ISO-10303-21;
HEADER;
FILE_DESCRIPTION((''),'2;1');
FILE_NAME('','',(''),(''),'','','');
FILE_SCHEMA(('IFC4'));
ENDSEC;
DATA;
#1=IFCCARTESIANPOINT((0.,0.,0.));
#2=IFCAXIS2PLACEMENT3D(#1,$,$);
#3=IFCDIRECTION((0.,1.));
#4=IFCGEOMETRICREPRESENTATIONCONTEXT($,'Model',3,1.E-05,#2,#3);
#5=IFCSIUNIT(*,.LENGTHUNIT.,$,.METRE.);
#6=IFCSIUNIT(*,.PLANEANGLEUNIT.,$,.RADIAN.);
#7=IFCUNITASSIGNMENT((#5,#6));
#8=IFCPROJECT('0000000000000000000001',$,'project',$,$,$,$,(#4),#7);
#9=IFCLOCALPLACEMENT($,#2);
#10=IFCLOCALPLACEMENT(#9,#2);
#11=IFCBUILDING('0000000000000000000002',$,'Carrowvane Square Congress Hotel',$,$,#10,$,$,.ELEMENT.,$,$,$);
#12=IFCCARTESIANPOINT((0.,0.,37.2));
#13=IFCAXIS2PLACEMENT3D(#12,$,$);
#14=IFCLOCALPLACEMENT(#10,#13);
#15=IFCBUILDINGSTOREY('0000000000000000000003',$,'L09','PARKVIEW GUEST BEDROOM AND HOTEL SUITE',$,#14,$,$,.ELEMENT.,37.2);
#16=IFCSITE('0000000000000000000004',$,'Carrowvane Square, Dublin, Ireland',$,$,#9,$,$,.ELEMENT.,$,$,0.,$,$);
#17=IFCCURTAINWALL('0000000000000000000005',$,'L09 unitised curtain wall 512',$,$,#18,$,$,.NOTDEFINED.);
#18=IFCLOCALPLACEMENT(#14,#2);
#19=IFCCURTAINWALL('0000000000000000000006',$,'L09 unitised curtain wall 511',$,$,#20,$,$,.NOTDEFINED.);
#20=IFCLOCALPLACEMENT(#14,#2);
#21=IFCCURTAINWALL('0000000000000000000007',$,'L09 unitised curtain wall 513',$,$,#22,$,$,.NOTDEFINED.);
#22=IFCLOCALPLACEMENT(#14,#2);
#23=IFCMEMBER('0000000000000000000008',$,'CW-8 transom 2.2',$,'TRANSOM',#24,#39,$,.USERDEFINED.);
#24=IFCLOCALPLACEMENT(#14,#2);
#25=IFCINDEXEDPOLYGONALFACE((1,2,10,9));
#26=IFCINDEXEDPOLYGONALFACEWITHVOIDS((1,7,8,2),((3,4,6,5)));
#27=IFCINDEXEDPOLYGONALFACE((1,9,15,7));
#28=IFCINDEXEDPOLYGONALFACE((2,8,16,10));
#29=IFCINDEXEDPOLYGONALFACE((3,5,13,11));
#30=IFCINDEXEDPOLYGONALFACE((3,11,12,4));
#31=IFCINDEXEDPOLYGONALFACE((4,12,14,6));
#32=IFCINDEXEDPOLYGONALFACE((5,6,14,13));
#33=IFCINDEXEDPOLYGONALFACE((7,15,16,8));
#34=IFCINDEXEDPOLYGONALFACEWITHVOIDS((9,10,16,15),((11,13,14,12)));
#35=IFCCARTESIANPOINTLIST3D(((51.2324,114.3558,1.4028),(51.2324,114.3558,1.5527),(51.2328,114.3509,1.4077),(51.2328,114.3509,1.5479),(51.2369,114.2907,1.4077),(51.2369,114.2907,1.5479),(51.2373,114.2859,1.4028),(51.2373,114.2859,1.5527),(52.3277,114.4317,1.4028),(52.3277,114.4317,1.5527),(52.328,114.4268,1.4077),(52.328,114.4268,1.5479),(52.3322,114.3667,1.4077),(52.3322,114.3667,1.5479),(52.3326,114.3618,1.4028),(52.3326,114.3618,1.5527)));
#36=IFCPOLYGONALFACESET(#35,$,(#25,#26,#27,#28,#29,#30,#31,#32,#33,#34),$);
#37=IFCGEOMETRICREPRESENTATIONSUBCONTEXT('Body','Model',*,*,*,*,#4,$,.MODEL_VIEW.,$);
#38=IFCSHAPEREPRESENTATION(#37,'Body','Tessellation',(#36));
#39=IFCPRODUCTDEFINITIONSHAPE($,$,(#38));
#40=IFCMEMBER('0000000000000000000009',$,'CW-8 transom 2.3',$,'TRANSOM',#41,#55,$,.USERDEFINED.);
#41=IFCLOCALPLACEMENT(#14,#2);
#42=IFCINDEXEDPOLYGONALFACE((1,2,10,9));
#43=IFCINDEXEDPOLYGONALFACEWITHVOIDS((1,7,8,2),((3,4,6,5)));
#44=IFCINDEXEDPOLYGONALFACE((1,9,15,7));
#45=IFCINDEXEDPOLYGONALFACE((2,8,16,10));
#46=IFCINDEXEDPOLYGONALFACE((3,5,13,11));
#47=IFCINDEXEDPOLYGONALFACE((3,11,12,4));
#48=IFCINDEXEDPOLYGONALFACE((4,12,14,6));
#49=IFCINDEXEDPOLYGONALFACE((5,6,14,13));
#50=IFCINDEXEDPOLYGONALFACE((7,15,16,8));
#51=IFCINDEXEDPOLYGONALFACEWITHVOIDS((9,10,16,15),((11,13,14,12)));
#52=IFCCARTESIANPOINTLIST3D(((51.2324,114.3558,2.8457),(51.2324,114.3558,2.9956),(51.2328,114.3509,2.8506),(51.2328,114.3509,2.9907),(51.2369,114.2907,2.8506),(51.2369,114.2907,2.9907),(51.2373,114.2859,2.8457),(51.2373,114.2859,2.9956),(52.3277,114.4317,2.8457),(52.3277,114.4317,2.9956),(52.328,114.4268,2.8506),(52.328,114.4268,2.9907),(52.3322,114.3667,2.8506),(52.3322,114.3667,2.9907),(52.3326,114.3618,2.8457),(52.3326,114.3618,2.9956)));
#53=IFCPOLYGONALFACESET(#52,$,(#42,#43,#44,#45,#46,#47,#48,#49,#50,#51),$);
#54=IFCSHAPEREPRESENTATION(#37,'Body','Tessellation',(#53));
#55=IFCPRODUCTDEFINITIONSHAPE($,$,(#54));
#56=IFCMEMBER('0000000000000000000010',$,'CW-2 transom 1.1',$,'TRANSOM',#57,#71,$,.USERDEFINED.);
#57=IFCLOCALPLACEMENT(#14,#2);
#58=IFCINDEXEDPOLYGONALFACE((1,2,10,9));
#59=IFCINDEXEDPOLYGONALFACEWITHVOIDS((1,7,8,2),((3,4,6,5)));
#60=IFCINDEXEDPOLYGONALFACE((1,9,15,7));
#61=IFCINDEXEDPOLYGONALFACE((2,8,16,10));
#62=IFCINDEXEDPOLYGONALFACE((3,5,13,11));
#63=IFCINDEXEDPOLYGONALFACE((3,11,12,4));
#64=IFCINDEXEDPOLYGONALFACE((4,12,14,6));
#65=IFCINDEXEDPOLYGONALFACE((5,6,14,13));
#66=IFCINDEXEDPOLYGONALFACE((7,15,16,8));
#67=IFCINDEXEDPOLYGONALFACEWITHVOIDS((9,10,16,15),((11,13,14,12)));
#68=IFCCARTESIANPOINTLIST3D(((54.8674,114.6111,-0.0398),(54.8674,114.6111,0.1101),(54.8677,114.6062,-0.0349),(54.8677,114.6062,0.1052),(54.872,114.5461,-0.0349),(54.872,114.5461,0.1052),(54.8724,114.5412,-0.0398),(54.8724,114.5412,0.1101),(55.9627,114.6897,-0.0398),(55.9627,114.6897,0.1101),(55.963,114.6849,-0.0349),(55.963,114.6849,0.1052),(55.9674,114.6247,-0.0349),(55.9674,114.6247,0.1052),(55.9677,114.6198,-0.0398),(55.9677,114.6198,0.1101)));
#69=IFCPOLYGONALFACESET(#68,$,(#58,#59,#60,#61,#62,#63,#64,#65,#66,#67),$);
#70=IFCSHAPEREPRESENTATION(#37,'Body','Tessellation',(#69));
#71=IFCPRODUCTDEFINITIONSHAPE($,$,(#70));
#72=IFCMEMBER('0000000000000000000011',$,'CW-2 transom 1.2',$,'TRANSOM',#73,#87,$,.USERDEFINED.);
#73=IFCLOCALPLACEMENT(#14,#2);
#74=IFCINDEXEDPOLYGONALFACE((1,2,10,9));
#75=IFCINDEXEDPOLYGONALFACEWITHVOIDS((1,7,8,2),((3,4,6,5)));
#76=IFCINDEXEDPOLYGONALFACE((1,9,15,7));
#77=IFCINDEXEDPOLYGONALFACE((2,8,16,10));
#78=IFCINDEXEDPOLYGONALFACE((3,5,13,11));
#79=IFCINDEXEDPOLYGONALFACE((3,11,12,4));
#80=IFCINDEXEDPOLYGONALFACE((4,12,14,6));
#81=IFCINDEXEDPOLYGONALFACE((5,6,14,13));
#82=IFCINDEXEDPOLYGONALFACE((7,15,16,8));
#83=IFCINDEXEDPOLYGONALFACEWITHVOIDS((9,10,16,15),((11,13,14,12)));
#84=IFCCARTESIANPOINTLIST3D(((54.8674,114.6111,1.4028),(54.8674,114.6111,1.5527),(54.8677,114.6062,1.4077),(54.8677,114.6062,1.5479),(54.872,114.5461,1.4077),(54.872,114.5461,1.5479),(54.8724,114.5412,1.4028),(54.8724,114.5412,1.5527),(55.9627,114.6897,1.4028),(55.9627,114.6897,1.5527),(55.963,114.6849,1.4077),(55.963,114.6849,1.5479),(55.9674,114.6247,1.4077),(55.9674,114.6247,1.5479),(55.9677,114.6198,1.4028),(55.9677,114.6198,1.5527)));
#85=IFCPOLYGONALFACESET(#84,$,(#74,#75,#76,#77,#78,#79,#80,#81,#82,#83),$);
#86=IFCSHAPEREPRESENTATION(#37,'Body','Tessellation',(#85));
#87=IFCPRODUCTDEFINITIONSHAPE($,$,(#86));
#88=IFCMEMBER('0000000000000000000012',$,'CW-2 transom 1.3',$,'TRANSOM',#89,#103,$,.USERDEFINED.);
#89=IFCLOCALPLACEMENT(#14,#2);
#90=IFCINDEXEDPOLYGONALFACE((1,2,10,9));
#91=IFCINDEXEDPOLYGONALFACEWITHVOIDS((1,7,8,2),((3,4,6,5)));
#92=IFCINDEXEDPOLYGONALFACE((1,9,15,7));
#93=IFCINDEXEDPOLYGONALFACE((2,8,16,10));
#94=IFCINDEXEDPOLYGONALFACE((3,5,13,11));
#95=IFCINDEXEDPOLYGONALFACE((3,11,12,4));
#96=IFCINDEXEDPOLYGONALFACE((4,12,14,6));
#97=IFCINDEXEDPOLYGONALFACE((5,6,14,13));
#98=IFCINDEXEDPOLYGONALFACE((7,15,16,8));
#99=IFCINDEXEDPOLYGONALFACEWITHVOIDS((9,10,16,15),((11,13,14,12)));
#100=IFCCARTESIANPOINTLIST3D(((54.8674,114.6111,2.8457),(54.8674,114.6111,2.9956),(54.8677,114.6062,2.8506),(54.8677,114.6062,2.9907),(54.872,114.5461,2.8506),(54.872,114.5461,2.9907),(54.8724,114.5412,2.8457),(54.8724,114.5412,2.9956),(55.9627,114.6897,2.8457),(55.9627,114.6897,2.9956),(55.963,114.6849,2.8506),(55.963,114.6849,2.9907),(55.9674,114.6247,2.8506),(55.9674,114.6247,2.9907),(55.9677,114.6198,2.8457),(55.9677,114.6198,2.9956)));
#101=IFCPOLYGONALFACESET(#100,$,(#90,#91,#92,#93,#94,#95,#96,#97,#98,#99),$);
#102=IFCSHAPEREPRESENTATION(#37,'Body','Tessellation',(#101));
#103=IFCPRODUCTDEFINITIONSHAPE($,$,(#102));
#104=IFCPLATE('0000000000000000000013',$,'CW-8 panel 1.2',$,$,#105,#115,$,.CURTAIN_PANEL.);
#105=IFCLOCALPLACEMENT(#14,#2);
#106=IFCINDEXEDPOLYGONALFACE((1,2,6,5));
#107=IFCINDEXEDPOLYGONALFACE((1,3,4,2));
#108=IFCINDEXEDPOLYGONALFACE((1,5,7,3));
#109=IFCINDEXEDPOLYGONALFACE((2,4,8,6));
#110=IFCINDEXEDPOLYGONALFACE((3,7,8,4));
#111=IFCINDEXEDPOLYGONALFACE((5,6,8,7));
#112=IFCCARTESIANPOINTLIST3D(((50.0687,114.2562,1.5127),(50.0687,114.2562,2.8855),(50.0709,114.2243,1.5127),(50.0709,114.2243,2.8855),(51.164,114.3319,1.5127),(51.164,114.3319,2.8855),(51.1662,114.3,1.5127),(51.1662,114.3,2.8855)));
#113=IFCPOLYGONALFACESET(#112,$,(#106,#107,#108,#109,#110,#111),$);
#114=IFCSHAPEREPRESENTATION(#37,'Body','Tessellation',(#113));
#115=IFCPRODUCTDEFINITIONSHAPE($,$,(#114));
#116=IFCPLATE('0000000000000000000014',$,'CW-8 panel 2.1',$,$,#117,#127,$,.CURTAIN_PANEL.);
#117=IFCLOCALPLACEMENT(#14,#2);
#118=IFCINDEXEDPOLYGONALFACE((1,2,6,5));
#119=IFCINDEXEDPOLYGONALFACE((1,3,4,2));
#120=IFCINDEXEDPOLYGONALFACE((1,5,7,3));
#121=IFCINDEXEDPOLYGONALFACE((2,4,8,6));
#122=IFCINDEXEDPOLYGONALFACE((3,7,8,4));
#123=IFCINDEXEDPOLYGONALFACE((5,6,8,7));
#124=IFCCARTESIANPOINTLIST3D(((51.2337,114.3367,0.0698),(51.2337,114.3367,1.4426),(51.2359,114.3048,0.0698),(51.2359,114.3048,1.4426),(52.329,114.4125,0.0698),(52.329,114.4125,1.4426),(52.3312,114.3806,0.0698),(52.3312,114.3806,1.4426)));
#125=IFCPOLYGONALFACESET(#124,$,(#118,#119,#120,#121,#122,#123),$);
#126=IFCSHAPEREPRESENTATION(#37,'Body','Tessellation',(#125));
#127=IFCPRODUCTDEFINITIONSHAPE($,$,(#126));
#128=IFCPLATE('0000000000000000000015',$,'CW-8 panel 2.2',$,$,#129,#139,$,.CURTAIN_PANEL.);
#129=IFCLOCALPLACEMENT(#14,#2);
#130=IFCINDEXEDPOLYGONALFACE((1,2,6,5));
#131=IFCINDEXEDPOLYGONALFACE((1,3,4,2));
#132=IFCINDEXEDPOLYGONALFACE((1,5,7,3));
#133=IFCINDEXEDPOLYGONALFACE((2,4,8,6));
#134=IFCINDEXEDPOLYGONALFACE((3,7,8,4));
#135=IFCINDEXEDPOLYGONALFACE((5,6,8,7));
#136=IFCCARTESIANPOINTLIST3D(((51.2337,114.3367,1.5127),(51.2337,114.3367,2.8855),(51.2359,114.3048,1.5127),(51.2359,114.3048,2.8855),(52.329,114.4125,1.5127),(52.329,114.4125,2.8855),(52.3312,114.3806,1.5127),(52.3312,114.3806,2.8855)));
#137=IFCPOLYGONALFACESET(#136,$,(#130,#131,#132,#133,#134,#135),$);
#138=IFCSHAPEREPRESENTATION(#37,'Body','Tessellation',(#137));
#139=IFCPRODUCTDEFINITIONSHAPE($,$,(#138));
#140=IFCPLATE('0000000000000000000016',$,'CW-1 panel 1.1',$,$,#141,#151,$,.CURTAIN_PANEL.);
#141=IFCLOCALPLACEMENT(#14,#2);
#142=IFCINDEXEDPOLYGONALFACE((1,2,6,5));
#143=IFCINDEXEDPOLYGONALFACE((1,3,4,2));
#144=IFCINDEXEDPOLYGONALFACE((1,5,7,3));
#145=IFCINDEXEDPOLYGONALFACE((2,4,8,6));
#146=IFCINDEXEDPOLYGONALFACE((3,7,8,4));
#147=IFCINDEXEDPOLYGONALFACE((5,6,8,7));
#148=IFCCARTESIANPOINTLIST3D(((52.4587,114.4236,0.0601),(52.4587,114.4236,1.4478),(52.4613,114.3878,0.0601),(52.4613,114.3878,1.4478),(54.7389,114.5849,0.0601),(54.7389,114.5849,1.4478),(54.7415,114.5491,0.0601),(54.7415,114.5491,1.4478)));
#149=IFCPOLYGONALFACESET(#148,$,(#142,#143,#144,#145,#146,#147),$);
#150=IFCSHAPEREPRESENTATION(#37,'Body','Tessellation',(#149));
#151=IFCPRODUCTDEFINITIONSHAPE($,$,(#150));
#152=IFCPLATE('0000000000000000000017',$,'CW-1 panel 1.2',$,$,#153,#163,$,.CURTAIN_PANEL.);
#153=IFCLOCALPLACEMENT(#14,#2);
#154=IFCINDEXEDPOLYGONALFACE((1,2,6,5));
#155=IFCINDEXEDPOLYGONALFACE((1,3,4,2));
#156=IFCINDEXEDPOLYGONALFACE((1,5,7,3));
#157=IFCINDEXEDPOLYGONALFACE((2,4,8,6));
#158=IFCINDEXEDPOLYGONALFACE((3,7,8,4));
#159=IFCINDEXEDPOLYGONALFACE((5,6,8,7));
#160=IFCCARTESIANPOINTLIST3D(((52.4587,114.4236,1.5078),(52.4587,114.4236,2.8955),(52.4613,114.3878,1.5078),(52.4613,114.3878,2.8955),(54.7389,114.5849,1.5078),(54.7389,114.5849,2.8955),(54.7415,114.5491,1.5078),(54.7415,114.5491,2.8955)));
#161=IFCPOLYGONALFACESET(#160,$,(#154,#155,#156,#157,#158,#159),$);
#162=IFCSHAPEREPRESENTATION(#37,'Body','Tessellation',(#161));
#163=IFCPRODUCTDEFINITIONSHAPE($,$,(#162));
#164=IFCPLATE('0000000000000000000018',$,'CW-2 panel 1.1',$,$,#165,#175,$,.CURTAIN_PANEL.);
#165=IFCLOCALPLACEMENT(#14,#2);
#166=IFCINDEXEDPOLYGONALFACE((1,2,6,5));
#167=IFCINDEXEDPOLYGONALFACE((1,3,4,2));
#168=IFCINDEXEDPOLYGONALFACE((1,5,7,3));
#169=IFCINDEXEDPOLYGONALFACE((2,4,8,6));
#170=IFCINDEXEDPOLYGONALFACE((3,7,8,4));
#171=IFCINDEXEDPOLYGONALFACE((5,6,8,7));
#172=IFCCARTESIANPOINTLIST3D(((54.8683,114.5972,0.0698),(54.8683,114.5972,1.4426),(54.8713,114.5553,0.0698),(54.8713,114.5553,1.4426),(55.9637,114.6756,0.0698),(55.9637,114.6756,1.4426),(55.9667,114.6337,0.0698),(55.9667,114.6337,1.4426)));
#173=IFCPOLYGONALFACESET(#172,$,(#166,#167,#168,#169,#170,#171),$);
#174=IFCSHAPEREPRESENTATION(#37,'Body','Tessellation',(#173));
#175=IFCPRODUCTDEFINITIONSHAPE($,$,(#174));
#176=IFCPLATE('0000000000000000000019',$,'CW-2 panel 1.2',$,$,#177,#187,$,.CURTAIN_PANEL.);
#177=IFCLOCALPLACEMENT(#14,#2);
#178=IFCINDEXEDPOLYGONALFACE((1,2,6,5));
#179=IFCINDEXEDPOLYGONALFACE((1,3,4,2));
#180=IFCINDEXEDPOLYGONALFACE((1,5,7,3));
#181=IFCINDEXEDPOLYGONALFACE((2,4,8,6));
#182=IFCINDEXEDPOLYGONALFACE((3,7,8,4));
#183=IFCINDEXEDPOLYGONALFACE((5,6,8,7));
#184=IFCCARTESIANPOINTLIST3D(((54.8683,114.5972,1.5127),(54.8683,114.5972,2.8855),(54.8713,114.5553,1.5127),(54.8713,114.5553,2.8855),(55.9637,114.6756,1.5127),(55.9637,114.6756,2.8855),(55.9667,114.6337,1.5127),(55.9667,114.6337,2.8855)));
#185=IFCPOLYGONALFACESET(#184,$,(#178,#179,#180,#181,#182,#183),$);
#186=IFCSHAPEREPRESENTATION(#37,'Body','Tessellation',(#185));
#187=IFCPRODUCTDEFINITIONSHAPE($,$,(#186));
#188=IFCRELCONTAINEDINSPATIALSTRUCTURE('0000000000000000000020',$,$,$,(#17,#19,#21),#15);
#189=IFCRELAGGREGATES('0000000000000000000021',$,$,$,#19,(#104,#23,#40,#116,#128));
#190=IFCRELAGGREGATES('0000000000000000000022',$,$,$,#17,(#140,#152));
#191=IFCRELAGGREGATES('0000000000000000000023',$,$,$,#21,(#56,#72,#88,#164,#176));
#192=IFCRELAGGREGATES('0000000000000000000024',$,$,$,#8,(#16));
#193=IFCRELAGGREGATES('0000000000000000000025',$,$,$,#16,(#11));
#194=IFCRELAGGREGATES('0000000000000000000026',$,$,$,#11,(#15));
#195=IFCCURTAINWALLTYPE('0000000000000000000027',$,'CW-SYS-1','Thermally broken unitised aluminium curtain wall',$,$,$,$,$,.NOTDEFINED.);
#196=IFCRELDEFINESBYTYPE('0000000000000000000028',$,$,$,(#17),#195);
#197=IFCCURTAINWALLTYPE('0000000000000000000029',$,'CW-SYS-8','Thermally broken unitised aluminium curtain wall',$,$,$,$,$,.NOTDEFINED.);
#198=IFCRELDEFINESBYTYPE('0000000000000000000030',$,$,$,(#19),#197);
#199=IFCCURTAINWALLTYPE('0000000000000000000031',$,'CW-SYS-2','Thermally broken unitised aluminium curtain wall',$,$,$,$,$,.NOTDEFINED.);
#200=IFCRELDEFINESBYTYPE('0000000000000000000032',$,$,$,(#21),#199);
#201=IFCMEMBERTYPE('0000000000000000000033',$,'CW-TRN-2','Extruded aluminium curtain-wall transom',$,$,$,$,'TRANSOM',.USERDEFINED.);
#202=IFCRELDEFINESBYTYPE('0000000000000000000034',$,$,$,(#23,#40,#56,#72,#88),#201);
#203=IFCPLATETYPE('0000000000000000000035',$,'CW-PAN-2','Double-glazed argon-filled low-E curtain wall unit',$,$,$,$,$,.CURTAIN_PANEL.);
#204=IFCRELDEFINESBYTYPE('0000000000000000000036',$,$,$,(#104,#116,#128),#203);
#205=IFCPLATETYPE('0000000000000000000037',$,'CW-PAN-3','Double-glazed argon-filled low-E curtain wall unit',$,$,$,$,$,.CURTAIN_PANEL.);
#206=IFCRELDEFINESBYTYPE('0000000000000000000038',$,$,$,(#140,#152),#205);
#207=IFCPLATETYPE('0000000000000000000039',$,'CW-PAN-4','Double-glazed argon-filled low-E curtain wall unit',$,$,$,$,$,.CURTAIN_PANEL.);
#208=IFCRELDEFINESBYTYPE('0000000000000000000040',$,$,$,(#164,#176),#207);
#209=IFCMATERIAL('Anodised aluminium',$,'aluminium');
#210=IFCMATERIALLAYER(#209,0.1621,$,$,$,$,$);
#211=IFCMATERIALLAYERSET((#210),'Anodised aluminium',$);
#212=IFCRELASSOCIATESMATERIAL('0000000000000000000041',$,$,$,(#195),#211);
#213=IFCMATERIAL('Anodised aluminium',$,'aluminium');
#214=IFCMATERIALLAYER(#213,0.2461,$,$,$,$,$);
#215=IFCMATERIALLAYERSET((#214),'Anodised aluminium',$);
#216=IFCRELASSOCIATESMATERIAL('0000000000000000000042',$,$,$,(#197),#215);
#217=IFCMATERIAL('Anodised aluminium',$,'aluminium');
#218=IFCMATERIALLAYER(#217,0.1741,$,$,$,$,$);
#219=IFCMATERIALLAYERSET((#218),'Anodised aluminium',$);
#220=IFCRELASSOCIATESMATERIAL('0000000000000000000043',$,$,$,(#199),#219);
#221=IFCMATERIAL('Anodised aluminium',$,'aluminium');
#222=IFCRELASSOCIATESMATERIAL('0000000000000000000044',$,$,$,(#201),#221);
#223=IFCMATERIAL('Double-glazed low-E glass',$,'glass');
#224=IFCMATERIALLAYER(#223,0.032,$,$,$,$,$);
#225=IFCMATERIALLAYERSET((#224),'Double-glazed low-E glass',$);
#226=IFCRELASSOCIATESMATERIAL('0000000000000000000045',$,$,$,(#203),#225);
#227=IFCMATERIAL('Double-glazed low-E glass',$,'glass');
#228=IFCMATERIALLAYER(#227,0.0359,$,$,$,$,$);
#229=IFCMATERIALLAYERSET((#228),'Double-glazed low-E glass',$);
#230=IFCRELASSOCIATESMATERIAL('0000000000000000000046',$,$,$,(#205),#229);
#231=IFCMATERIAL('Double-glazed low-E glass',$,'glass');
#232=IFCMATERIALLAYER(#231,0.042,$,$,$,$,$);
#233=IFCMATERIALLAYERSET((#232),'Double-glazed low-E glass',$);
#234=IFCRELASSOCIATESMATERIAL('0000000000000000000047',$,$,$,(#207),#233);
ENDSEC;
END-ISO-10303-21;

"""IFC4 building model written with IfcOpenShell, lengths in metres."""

from ifc_helpers import new_model, si_unit, direction, frame, origin, origin_2d, place, context, subcontext, project, spatial, rectangle, hollow_rectangle, extrude, material, layer, layer_set, material_profile, profile_set, type_object, element, aggregate, save


model = new_model("IFC4")

# Units and contexts
model_context = context("Model", 3, precision=1e-05, world=origin(), true_north=direction((0.0, 1.0)))
body_context = subcontext(model_context, "Body", "Model", "MODEL_VIEW")
ifc_project = project(units=[si_unit("LENGTHUNIT", "METRE"), si_unit("PLANEANGLEUNIT", "RADIAN")], contexts=[model_context])

# Site, building, storey
site_placement = place(None, origin())
site = spatial("IfcSite", under=ifc_project, at=site_placement, Name="Carrowvane Square, Dublin, Ireland", CompositionType="ELEMENT", RefElevation=0.0)
building_placement = place(site_placement, origin())
building = spatial("IfcBuilding", under=site, at=building_placement, Name="Carrowvane Square Congress Hotel", CompositionType="ELEMENT")
storey_placement = place(building_placement, frame((0.0, 0.0, 37.2)))
storey = spatial("IfcBuildingStorey", under=building, at=storey_placement, Name="L09", Description="PARKVIEW GUEST BEDROOM AND HOTEL SUITE", CompositionType="ELEMENT", Elevation=37.2)

# Curtain walls
ifc_material_1 = material(Name="Anodised aluminium", Category="aluminium")
ifc_layer_1 = layer(ifc_material_1, 0.1621)
ifc_layer_set_1 = layer_set([ifc_layer_1], Name="Anodised aluminium")
curtain_wall_type_1 = type_object("IfcCurtainWallType", Name="CW-SYS-1", Description="Thermally broken unitised aluminium curtain wall", PredefinedType="NOTDEFINED", material=ifc_layer_set_1)
curtain_wall_1_placement = place(storey_placement, origin())
curtain_wall_1 = element("IfcCurtainWall", 1, at=curtain_wall_1_placement, inside=storey, type_object=curtain_wall_type_1, Name="L09 unitised curtain wall 512", PredefinedType="NOTDEFINED")
ifc_material_2 = material(Name="Anodised aluminium", Category="aluminium")
ifc_layer_2 = layer(ifc_material_2, 0.2461)
ifc_layer_set_2 = layer_set([ifc_layer_2], Name="Anodised aluminium")
curtain_wall_type_2 = type_object("IfcCurtainWallType", Name="CW-SYS-8", Description="Thermally broken unitised aluminium curtain wall", PredefinedType="NOTDEFINED", material=ifc_layer_set_2)
curtain_wall_2_placement = place(storey_placement, origin())
curtain_wall_2 = element("IfcCurtainWall", 2, at=curtain_wall_2_placement, inside=storey, type_object=curtain_wall_type_2, Name="L09 unitised curtain wall 511", PredefinedType="NOTDEFINED")
ifc_material_3 = material(Name="Anodised aluminium", Category="aluminium")
ifc_layer_3 = layer(ifc_material_3, 0.1741)
ifc_layer_set_3 = layer_set([ifc_layer_3], Name="Anodised aluminium")
curtain_wall_type_3 = type_object("IfcCurtainWallType", Name="CW-SYS-2", Description="Thermally broken unitised aluminium curtain wall", PredefinedType="NOTDEFINED", material=ifc_layer_set_3)
curtain_wall_3_placement = place(storey_placement, origin())
curtain_wall_3 = element("IfcCurtainWall", 3, at=curtain_wall_3_placement, inside=storey, type_object=curtain_wall_type_3, Name="L09 unitised curtain wall 513", PredefinedType="NOTDEFINED")

# Members
ifc_material_4 = material(Name="Anodised aluminium", Category="aluminium")
ifc_material_profile_1 = material_profile(ifc_material_4, hollow_rectangle(XDim=0.0701, YDim=0.1499, WallThickness=0.0049, at=origin_2d()), Name="CW-TR 70x150x5")
ifc_profile_set_1 = profile_set([ifc_material_profile_1], Name="Anodised aluminium")
member_type_1 = type_object("IfcMemberType", Name="CW-TRN-2", Description="Extruded aluminium curtain-wall transom", ElementType="TRANSOM", PredefinedType="USERDEFINED", material=ifc_profile_set_1)
member_1_placement = place(storey_placement, frame((51.2349, 114.3208, 1.4778), z_axis=(0.997606, 0.069161, 0.0), x_axis=(-0.069161, 0.997606, 0.0)))
member_1 = element("IfcMember", 4, at=member_1_placement, type_object=member_type_1, Name="CW-8 transom 2.2", ObjectType="TRANSOM", PredefinedType="USERDEFINED", context=body_context, shape_type="SweptSolid", body=[
    extrude(hollow_rectangle(XDim=0.0701, YDim=0.1499, WallThickness=0.0049, at=origin_2d()), origin(), (0.0, 0.0, 1.0), 1.0979),
])
member_2_placement = place(storey_placement, frame((51.2349, 114.3208, 2.9207), z_axis=(0.997606, 0.069161, 0.0), x_axis=(-0.069161, 0.997606, 0.0)))
member_2 = element("IfcMember", 5, at=member_2_placement, type_object=member_type_1, Name="CW-8 transom 2.3", ObjectType="TRANSOM", PredefinedType="USERDEFINED", context=body_context, shape_type="SweptSolid", body=[
    extrude(hollow_rectangle(XDim=0.0701, YDim=0.1499, WallThickness=0.0049, at=origin_2d()), origin(), (0.0, 0.0, 1.0), 1.0979),
])
member_3_placement = place(storey_placement, frame((54.8699, 114.5762, 0.0352), z_axis=(0.997434, 0.071595, 0.0), x_axis=(-0.071595, 0.997434, 0.0)))
member_3 = element("IfcMember", 6, at=member_3_placement, type_object=member_type_1, Name="CW-2 transom 1.1", ObjectType="TRANSOM", PredefinedType="USERDEFINED", context=body_context, shape_type="SweptSolid", body=[
    extrude(hollow_rectangle(XDim=0.0701, YDim=0.1499, WallThickness=0.0049, at=origin_2d()), origin(), (0.0, 0.0, 1.0), 1.0981),
])
member_4_placement = place(storey_placement, frame((54.8699, 114.5762, 1.4778), z_axis=(0.997434, 0.071595, 0.0), x_axis=(-0.071595, 0.997434, 0.0)))
member_4 = element("IfcMember", 7, at=member_4_placement, type_object=member_type_1, Name="CW-2 transom 1.2", ObjectType="TRANSOM", PredefinedType="USERDEFINED", context=body_context, shape_type="SweptSolid", body=[
    extrude(hollow_rectangle(XDim=0.0701, YDim=0.1499, WallThickness=0.0049, at=origin_2d()), origin(), (0.0, 0.0, 1.0), 1.0981),
])
member_5_placement = place(storey_placement, frame((54.8699, 114.5762, 2.9207), z_axis=(0.997434, 0.071595, 0.0), x_axis=(-0.071595, 0.997434, 0.0)))
member_5 = element("IfcMember", 8, at=member_5_placement, type_object=member_type_1, Name="CW-2 transom 1.3", ObjectType="TRANSOM", PredefinedType="USERDEFINED", context=body_context, shape_type="SweptSolid", body=[
    extrude(hollow_rectangle(XDim=0.0701, YDim=0.1499, WallThickness=0.0049, at=origin_2d()), origin(), (0.0, 0.0, 1.0), 1.0981),
])

# Plates
ifc_material_5 = material(Name="Double-glazed low-E glass", Category="glass")
ifc_layer_4 = layer(ifc_material_5, 0.032)
ifc_layer_set_4 = layer_set([ifc_layer_4], Name="Double-glazed low-E glass")
plate_type_1 = type_object("IfcPlateType", Name="CW-PAN-2", Description="Double-glazed argon-filled low-E curtain wall unit", PredefinedType="CURTAIN_PANEL", material=ifc_layer_set_4)
plate_1_placement = place(storey_placement, frame((50.6174, 114.2781, 1.5127), z_axis=(0.0, 0.0, 1.0), x_axis=(0.997618, 0.068986, 0.0)))
plate_1 = element("IfcPlate", 9, at=plate_1_placement, type_object=plate_type_1, Name="CW-8 panel 1.2", PredefinedType="CURTAIN_PANEL", context=body_context, shape_type="SweptSolid", body=[
    extrude(rectangle(XDim=1.0979, YDim=0.032, at=origin_2d()), origin(), (0.0, 0.0, 1.0), 1.3728),
])
plate_2_placement = place(storey_placement, frame((51.7825, 114.3586, 0.0698), z_axis=(0.0, 0.0, 1.0), x_axis=(0.997618, 0.068986, 0.0)))
plate_2 = element("IfcPlate", 10, at=plate_2_placement, type_object=plate_type_1, Name="CW-8 panel 2.1", PredefinedType="CURTAIN_PANEL", context=body_context, shape_type="SweptSolid", body=[
    extrude(rectangle(XDim=1.0979, YDim=0.032, at=origin_2d()), origin(), (0.0, 0.0, 1.0), 1.3728),
])
plate_3_placement = place(storey_placement, frame((51.7825, 114.3586, 1.5127), z_axis=(0.0, 0.0, 1.0), x_axis=(0.997618, 0.068986, 0.0)))
plate_3 = element("IfcPlate", 11, at=plate_3_placement, type_object=plate_type_1, Name="CW-8 panel 2.2", PredefinedType="CURTAIN_PANEL", context=body_context, shape_type="SweptSolid", body=[
    extrude(rectangle(XDim=1.0979, YDim=0.032, at=origin_2d()), origin(), (0.0, 0.0, 1.0), 1.3728),
])
aggregate(curtain_wall_2, [plate_1, member_1, member_2, plate_2, plate_3])
ifc_material_6 = material(Name="Double-glazed low-E glass", Category="glass")
ifc_layer_5 = layer(ifc_material_6, 0.0359)
ifc_layer_set_5 = layer_set([ifc_layer_5], Name="Double-glazed low-E glass")
plate_type_2 = type_object("IfcPlateType", Name="CW-PAN-3", Description="Double-glazed argon-filled low-E curtain wall unit", PredefinedType="CURTAIN_PANEL", material=ifc_layer_set_5)
plate_4_placement = place(storey_placement, frame((53.6001, 114.4863, 0.0601), z_axis=(0.0, 0.0, 1.0), x_axis=(0.997506, 0.070586, 0.0)))
plate_4 = element("IfcPlate", 12, at=plate_4_placement, type_object=plate_type_2, Name="CW-1 panel 1.1", PredefinedType="CURTAIN_PANEL", context=body_context, shape_type="SweptSolid", body=[
    extrude(rectangle(XDim=2.2859, YDim=0.0359, at=origin_2d()), origin(), (0.0, 0.0, 1.0), 1.3877),
])
plate_5_placement = place(storey_placement, frame((53.6001, 114.4863, 1.5078), z_axis=(0.0, 0.0, 1.0), x_axis=(0.997506, 0.070586, 0.0)))
plate_5 = element("IfcPlate", 13, at=plate_5_placement, type_object=plate_type_2, Name="CW-1 panel 1.2", PredefinedType="CURTAIN_PANEL", context=body_context, shape_type="SweptSolid", body=[
    extrude(rectangle(XDim=2.2859, YDim=0.0359, at=origin_2d()), origin(), (0.0, 0.0, 1.0), 1.3877),
])
aggregate(curtain_wall_1, [plate_4, plate_5])
ifc_material_7 = material(Name="Double-glazed low-E glass", Category="glass")
ifc_layer_6 = layer(ifc_material_7, 0.042)
ifc_layer_set_6 = layer_set([ifc_layer_6], Name="Double-glazed low-E glass")
plate_type_3 = type_object("IfcPlateType", Name="CW-PAN-4", Description="Double-glazed argon-filled low-E curtain wall unit", PredefinedType="CURTAIN_PANEL", material=ifc_layer_set_6)
plate_6_placement = place(storey_placement, frame((55.4175, 114.6155, 0.0698), z_axis=(0.0, 0.0, 1.0), x_axis=(0.997446, 0.071418, 0.0)))
plate_6 = element("IfcPlate", 14, at=plate_6_placement, type_object=plate_type_3, Name="CW-2 panel 1.1", PredefinedType="CURTAIN_PANEL", context=body_context, shape_type="SweptSolid", body=[
    extrude(rectangle(XDim=1.0981, YDim=0.042, at=origin_2d()), origin(), (0.0, 0.0, 1.0), 1.3728),
])
plate_7_placement = place(storey_placement, frame((55.4175, 114.6155, 1.5127), z_axis=(0.0, 0.0, 1.0), x_axis=(0.997446, 0.071418, 0.0)))
plate_7 = element("IfcPlate", 15, at=plate_7_placement, type_object=plate_type_3, Name="CW-2 panel 1.2", PredefinedType="CURTAIN_PANEL", context=body_context, shape_type="SweptSolid", body=[
    extrude(rectangle(XDim=1.0981, YDim=0.042, at=origin_2d()), origin(), (0.0, 0.0, 1.0), 1.3728),
])
aggregate(curtain_wall_3, [member_3, member_4, member_5, plate_6, plate_7])

save(model, "model.ifc")
